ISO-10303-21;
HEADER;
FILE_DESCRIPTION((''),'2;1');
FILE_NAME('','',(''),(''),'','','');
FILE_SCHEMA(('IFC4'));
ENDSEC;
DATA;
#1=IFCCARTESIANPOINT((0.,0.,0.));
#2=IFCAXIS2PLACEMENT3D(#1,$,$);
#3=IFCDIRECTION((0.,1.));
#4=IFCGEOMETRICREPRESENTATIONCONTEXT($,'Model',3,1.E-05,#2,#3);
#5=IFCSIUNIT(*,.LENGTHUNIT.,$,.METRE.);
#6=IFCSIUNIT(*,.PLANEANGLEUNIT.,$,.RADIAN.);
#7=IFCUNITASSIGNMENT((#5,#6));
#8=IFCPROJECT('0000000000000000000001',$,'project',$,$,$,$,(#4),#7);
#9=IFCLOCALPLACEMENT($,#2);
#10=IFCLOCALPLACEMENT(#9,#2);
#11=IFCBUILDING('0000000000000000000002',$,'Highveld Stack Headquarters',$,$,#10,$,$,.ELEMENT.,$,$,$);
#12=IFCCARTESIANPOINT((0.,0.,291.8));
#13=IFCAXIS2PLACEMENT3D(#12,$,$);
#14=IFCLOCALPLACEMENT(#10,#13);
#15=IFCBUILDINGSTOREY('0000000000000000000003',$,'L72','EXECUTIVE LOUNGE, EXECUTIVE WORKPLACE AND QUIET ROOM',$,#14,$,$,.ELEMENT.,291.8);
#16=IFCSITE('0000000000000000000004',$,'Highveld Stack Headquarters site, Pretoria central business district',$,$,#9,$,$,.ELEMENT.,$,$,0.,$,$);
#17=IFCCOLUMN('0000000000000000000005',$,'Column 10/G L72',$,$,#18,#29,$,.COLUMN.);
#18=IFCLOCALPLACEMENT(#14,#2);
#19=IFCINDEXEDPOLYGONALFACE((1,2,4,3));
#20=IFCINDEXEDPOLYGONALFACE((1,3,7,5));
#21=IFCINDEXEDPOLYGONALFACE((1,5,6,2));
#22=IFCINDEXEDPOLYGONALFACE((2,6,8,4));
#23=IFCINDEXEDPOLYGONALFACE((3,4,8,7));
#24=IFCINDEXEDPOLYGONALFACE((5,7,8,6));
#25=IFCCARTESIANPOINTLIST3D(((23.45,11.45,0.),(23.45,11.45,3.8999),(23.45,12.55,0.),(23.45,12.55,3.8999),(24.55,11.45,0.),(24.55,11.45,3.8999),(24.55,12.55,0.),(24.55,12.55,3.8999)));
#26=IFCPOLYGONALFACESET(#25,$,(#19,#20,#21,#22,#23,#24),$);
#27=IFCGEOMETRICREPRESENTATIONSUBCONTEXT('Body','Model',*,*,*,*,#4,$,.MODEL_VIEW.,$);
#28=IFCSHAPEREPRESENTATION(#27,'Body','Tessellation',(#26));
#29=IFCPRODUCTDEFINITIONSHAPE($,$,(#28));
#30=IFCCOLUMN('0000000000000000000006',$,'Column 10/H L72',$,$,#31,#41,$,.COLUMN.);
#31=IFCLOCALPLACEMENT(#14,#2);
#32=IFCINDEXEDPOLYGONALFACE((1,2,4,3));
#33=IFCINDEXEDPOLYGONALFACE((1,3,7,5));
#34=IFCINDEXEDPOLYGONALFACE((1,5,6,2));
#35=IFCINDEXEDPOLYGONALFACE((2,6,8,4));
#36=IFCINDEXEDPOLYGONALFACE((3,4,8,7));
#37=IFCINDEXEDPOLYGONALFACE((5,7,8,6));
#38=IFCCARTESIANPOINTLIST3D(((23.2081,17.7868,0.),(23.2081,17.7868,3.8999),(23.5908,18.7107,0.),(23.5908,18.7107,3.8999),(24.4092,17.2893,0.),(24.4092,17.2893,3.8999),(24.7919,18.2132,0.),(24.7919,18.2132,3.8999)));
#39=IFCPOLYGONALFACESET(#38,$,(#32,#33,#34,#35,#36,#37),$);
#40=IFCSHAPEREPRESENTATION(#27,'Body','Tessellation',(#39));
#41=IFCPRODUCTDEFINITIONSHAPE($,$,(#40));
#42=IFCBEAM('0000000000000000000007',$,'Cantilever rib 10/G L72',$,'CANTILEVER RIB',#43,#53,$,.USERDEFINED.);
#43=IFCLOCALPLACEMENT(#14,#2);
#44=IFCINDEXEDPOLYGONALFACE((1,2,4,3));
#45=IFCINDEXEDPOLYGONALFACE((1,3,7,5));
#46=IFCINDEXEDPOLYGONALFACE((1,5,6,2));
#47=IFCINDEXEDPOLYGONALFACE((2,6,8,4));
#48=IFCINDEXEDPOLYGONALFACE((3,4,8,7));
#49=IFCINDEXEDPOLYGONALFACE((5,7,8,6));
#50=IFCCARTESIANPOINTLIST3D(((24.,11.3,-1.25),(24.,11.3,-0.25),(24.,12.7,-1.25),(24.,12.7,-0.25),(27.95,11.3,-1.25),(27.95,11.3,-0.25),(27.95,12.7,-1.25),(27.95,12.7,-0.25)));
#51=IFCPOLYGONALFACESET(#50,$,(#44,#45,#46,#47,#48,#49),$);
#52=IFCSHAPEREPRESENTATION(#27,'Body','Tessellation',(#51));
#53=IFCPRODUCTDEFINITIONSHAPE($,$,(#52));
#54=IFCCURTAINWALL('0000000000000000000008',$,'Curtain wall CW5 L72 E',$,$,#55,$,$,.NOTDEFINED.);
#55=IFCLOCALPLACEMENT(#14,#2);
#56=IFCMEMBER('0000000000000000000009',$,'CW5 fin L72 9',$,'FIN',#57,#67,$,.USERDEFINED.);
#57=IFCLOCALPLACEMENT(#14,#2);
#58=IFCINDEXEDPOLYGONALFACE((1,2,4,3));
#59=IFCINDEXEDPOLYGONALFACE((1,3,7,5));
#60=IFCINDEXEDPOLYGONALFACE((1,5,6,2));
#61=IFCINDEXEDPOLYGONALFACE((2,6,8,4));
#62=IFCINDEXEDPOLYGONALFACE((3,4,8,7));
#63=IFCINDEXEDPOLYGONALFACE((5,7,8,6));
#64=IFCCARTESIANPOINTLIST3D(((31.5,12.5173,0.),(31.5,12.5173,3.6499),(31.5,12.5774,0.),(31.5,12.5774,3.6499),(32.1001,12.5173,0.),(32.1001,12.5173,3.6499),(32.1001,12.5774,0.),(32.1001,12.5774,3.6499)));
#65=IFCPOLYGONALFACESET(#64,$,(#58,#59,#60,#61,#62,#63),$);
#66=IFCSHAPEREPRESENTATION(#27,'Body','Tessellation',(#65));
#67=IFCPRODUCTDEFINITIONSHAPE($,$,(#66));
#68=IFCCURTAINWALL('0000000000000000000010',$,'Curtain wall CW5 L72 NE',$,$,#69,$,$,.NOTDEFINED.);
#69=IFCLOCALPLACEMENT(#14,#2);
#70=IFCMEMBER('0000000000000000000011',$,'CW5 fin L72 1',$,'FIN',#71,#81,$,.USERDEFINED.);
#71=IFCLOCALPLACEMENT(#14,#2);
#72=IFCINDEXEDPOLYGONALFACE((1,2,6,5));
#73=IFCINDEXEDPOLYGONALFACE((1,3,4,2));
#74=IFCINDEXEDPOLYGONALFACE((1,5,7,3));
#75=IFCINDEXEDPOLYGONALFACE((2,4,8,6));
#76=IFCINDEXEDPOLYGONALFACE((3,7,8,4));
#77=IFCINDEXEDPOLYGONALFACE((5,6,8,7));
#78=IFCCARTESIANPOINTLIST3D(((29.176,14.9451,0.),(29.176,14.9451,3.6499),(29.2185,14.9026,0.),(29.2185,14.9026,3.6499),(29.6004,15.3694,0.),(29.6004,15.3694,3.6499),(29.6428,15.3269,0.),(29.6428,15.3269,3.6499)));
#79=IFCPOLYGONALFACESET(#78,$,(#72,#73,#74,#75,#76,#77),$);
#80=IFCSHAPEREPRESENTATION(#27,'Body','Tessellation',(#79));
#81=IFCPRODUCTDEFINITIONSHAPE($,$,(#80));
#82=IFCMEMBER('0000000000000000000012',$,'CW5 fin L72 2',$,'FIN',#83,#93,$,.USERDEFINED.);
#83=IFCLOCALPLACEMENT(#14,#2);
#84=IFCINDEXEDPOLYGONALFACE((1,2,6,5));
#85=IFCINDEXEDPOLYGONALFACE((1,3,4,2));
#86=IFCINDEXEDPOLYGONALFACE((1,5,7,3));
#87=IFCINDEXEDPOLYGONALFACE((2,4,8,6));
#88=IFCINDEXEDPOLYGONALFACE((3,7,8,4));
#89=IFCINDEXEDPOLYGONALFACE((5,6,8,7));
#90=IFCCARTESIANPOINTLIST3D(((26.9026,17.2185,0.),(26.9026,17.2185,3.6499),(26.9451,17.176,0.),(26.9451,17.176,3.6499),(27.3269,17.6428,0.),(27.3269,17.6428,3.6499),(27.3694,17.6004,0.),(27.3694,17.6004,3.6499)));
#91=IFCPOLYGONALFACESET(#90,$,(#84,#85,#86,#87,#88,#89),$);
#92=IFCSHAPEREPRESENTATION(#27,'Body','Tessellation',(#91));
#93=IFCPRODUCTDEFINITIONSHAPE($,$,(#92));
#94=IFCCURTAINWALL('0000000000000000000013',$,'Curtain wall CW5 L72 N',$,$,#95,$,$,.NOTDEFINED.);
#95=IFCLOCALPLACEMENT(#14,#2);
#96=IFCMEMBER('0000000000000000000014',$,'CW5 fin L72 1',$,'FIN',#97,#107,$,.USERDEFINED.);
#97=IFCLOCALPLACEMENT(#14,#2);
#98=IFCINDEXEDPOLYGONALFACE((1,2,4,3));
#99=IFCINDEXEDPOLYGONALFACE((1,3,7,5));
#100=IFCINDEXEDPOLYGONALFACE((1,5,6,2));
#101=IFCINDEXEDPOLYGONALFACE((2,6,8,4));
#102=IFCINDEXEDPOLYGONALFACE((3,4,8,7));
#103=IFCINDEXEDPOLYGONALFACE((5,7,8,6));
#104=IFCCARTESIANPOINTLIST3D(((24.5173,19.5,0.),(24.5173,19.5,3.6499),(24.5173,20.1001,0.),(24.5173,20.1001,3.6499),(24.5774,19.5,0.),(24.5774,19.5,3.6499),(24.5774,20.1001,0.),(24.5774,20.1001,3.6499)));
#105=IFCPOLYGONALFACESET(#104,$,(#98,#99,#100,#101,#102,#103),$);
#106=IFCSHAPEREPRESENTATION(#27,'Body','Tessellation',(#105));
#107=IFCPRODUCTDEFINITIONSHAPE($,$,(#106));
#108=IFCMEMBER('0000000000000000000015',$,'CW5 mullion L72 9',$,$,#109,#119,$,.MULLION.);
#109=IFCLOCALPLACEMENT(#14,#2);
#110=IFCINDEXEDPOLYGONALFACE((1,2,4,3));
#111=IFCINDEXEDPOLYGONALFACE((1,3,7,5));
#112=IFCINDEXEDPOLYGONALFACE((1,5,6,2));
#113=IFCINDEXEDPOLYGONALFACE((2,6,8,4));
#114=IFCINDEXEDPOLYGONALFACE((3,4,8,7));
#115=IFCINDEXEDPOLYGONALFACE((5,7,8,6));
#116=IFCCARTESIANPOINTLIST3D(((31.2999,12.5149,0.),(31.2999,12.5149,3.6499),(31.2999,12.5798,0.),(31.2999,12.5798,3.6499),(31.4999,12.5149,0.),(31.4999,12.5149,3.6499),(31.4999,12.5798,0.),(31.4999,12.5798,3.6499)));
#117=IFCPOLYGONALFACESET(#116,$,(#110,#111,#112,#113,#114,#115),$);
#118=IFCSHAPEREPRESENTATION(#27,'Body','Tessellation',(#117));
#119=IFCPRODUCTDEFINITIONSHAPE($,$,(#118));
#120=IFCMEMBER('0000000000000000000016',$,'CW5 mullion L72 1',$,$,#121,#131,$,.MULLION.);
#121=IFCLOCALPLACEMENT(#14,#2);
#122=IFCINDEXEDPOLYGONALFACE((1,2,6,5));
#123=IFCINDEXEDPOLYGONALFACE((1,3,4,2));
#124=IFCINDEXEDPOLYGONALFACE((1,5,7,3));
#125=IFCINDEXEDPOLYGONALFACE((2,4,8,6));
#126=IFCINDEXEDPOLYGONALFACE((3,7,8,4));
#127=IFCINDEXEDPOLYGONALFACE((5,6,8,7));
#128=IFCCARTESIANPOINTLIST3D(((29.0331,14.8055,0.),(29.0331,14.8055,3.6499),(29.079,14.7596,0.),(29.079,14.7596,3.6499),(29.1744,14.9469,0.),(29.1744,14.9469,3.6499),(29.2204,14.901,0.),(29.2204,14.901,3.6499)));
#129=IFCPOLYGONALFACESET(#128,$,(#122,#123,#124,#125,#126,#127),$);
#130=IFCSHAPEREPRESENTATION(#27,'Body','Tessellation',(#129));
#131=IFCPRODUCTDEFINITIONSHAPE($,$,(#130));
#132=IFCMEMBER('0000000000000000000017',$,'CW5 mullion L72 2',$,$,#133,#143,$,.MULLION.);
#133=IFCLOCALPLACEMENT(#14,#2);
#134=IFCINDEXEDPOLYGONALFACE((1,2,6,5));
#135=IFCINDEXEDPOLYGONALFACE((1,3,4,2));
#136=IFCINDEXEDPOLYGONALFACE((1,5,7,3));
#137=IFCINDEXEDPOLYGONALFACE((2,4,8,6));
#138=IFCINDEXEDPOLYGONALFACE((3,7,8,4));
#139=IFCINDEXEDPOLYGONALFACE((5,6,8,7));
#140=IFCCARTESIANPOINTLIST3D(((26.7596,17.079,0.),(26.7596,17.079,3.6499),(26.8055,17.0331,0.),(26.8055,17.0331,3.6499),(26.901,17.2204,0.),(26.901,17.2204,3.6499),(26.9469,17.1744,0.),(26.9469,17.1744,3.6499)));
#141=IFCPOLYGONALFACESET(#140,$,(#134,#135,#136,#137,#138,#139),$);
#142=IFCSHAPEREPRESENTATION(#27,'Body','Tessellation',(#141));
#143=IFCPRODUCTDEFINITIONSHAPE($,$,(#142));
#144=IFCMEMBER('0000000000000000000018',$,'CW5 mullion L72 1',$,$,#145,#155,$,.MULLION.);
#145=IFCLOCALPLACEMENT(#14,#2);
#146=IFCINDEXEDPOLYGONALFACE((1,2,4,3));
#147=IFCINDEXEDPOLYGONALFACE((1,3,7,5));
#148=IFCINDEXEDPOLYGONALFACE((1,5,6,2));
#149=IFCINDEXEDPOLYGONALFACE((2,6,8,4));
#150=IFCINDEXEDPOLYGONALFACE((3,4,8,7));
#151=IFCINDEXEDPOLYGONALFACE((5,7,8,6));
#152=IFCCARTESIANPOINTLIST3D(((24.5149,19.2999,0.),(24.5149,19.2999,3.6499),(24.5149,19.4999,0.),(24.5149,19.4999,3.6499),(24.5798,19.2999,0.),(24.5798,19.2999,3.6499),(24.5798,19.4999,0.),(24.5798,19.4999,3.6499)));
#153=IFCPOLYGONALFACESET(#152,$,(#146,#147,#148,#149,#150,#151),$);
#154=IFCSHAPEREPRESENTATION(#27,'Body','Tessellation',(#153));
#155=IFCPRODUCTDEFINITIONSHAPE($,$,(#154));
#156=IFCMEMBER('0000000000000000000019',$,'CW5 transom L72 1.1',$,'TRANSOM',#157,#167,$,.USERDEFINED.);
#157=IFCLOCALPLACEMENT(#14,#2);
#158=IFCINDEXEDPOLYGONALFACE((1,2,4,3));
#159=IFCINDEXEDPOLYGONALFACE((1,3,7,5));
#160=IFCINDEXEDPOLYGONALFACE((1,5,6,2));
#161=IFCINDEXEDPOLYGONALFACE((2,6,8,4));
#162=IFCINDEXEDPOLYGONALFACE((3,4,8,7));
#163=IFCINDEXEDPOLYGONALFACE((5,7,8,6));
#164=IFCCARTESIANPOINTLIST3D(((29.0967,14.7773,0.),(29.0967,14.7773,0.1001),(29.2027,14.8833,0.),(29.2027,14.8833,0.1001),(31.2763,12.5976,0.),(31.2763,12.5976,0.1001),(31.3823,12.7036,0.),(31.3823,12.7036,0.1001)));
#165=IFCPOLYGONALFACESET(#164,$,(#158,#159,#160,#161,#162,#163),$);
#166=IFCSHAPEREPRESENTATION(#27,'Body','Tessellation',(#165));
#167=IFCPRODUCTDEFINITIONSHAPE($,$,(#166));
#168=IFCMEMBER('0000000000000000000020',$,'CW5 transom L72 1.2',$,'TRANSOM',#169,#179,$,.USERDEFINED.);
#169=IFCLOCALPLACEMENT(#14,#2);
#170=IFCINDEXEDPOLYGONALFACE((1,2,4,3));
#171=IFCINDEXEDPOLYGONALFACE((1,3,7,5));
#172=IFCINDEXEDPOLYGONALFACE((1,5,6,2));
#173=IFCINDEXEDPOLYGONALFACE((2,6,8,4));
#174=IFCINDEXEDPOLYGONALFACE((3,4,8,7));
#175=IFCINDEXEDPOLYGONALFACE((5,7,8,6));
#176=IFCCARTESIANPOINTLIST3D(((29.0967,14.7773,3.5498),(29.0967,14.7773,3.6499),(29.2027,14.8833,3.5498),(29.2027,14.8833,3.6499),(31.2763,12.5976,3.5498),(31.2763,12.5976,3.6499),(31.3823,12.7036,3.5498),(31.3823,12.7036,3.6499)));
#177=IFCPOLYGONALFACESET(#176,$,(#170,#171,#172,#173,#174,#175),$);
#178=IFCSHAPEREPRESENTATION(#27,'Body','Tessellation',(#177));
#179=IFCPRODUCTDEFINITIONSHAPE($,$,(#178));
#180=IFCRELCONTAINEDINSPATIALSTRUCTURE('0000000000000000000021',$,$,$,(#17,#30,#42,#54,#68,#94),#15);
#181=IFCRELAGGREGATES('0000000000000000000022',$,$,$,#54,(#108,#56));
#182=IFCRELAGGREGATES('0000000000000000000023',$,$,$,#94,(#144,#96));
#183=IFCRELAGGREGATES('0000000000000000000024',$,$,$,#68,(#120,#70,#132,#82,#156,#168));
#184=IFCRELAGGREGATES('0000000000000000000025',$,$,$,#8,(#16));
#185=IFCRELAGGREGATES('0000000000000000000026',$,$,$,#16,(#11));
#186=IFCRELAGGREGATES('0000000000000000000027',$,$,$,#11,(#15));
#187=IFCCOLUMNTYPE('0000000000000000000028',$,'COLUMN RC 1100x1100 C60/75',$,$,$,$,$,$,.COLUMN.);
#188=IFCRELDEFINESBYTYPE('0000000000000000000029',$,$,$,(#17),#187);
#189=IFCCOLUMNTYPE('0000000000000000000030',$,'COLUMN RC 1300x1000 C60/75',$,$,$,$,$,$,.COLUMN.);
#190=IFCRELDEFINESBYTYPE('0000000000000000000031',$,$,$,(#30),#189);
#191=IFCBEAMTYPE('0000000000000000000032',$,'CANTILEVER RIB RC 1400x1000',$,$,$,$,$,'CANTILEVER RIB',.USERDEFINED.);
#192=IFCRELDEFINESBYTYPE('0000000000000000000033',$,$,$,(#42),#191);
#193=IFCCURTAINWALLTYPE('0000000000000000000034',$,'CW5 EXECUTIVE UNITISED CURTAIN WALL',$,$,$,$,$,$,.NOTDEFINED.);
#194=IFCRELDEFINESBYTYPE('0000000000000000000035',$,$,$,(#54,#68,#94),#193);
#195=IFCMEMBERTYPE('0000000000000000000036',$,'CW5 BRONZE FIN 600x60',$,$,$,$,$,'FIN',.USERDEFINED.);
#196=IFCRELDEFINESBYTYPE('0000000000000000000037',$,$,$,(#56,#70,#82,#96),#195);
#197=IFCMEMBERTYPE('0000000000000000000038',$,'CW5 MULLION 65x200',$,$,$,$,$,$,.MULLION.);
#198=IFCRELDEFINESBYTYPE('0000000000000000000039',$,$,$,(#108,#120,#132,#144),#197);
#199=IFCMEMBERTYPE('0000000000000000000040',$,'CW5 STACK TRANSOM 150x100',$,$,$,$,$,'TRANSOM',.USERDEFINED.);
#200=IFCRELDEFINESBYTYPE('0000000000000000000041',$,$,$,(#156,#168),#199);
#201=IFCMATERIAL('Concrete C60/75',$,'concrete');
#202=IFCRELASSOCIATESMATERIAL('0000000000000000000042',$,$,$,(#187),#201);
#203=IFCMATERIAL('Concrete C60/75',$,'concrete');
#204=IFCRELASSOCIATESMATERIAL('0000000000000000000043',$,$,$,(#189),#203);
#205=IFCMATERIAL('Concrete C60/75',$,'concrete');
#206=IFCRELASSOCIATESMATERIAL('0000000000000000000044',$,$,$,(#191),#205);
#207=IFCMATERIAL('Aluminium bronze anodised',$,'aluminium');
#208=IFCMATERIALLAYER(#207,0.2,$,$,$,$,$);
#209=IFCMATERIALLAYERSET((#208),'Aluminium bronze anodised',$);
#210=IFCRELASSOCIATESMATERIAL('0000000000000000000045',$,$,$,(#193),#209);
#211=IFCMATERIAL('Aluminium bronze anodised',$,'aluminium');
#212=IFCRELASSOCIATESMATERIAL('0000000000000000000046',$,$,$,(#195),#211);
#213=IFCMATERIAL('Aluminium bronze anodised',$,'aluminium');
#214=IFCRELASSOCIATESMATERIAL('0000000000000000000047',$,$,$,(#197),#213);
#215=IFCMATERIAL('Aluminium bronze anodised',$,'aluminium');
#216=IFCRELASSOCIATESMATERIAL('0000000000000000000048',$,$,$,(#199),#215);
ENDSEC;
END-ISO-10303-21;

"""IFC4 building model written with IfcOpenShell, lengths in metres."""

from ifc_helpers import new_model, si_unit, direction, frame, origin, origin_2d, place, context, subcontext, project, spatial, rectangle, extrude, material, layer, layer_set, material_profile, profile_set, type_object, element, aggregate, save


model = new_model("IFC4")

# Units and contexts
model_context = context("Model", 3, precision=1e-05, world=origin(), true_north=direction((0.0, 1.0)))
body_context = subcontext(model_context, "Body", "Model", "MODEL_VIEW")
ifc_project = project(units=[si_unit("LENGTHUNIT", "METRE"), si_unit("PLANEANGLEUNIT", "RADIAN")], contexts=[model_context])

# Site, building, storey
site_placement = place(None, origin())
site = spatial("IfcSite", under=ifc_project, at=site_placement, Name="Highveld Stack Headquarters site, Pretoria central business district", CompositionType="ELEMENT", RefElevation=0.0)
building_placement = place(site_placement, origin())
building = spatial("IfcBuilding", under=site, at=building_placement, Name="Highveld Stack Headquarters", CompositionType="ELEMENT")
storey_placement = place(building_placement, frame((0.0, 0.0, 291.8)))
storey = spatial("IfcBuildingStorey", under=building, at=storey_placement, Name="L72", Description="EXECUTIVE LOUNGE, EXECUTIVE WORKPLACE AND QUIET ROOM", CompositionType="ELEMENT", Elevation=291.8)

# Columns
ifc_material_1 = material(Name="Concrete C60/75", Category="concrete")
ifc_material_profile_1 = material_profile(ifc_material_1, rectangle(XDim=1.1001, YDim=1.1001, at=origin_2d()), Name="RC 1100x1100")
ifc_profile_set_1 = profile_set([ifc_material_profile_1], Name="Concrete C60/75")
column_type_1 = type_object("IfcColumnType", Name="COLUMN RC 1100x1100 C60/75", PredefinedType="COLUMN", material=ifc_profile_set_1)
column_1_placement = place(storey_placement, frame((24.0, 12.0, 0.0), z_axis=(0.0, 0.0, 1.0), x_axis=(1.0, 0.0, 0.0)))
element("IfcColumn", 1, at=column_1_placement, inside=storey, type_object=column_type_1, Name="Column 10/G L72", PredefinedType="COLUMN", context=body_context, shape_type="SweptSolid", body=[
    extrude(rectangle(XDim=1.1001, YDim=1.1001, at=origin_2d()), origin(), (0.0, 0.0, 1.0), 3.8999),
])
ifc_material_2 = material(Name="Concrete C60/75", Category="concrete")
ifc_material_profile_2 = material_profile(ifc_material_2, rectangle(XDim=1.3, YDim=1.0, at=origin_2d()), Name="RC 1300x1000")
ifc_profile_set_2 = profile_set([ifc_material_profile_2], Name="Concrete C60/75")
column_type_2 = type_object("IfcColumnType", Name="COLUMN RC 1300x1000 C60/75", PredefinedType="COLUMN", material=ifc_profile_set_2)
column_2_placement = place(storey_placement, frame((24.0, 18.0, 0.0), z_axis=(0.0, 0.0, 1.0), x_axis=(0.92388, -0.382683, 0.0)))
element("IfcColumn", 2, at=column_2_placement, inside=storey, type_object=column_type_2, Name="Column 10/H L72", PredefinedType="COLUMN", context=body_context, shape_type="SweptSolid", body=[
    extrude(rectangle(XDim=1.3, YDim=1.0, at=origin_2d()), origin(), (0.0, 0.0, 1.0), 3.8999),
])

# Beam
ifc_material_3 = material(Name="Concrete C60/75", Category="concrete")
ifc_material_profile_3 = material_profile(ifc_material_3, rectangle(XDim=1.3999, YDim=1.0, at=origin_2d()), Name="RC 1400x1000")
ifc_profile_set_3 = profile_set([ifc_material_profile_3], Name="Concrete C60/75")
beam_type = type_object("IfcBeamType", Name="CANTILEVER RIB RC 1400x1000", ElementType="CANTILEVER RIB", PredefinedType="USERDEFINED", material=ifc_profile_set_3)
beam_placement = place(storey_placement, frame((24.0, 12.0, -0.75), z_axis=(1.0, 0.0, 0.0), x_axis=(0.0, 1.0, 0.0)))
element("IfcBeam", 3, at=beam_placement, inside=storey, type_object=beam_type, Name="Cantilever rib 10/G L72", ObjectType="CANTILEVER RIB", PredefinedType="USERDEFINED", context=body_context, shape_type="SweptSolid", body=[
    extrude(rectangle(XDim=1.3999, YDim=1.0, at=origin_2d()), origin(), (0.0, 0.0, 1.0), 3.95),
])

# Curtain wall, member
ifc_material_4 = material(Name="Aluminium bronze anodised", Category="aluminium")
ifc_layer_1 = layer(ifc_material_4, 0.2)
ifc_layer_set_1 = layer_set([ifc_layer_1], Name="Aluminium bronze anodised")
curtain_wall_type = type_object("IfcCurtainWallType", Name="CW5 EXECUTIVE UNITISED CURTAIN WALL", PredefinedType="NOTDEFINED", material=ifc_layer_set_1)
curtain_wall_1_placement = place(storey_placement, origin())
curtain_wall_1 = element("IfcCurtainWall", 4, at=curtain_wall_1_placement, inside=storey, type_object=curtain_wall_type, Name="Curtain wall CW5 L72 E", PredefinedType="NOTDEFINED")
ifc_material_5 = material(Name="Aluminium bronze anodised", Category="aluminium")
ifc_material_profile_4 = material_profile(ifc_material_5, rectangle(XDim=0.6001, YDim=0.0601, at=origin_2d()), Name="FIN 600x60")
ifc_profile_set_4 = profile_set([ifc_material_profile_4], Name="Aluminium bronze anodised")
member_type_1 = type_object("IfcMemberType", Name="CW5 BRONZE FIN 600x60", ElementType="FIN", PredefinedType="USERDEFINED", material=ifc_profile_set_4)
member_1_placement = place(storey_placement, frame((31.8, 12.5474, 0.0), z_axis=(0.0, 0.0, 1.0), x_axis=(-1.0, 0.0, 0.0)))
member_1 = element("IfcMember", 5, at=member_1_placement, type_object=member_type_1, Name="CW5 fin L72 9", ObjectType="FIN", PredefinedType="USERDEFINED", context=body_context, shape_type="SweptSolid", body=[
    extrude(rectangle(XDim=0.6001, YDim=0.0601, at=origin_2d()), origin(), (0.0, 0.0, 1.0), 3.6499),
])

# Curtain wall, members
curtain_wall_2_placement = place(storey_placement, origin())
curtain_wall_2 = element("IfcCurtainWall", 6, at=curtain_wall_2_placement, inside=storey, type_object=curtain_wall_type, Name="Curtain wall CW5 L72 NE", PredefinedType="NOTDEFINED")
member_2_placement = place(storey_placement, frame((29.4094, 15.136, 0.0), z_axis=(0.0, 0.0, 1.0), x_axis=(-0.707107, -0.707107, 0.0)))
member_2 = element("IfcMember", 7, at=member_2_placement, type_object=member_type_1, Name="CW5 fin L72 1", ObjectType="FIN", PredefinedType="USERDEFINED", context=body_context, shape_type="SweptSolid", body=[
    extrude(rectangle(XDim=0.6001, YDim=0.0601, at=origin_2d()), origin(), (0.0, 0.0, 1.0), 3.6499),
])
member_3_placement = place(storey_placement, frame((27.136, 17.4094, 0.0), z_axis=(0.0, 0.0, 1.0), x_axis=(-0.707107, -0.707107, 0.0)))
member_3 = element("IfcMember", 8, at=member_3_placement, type_object=member_type_1, Name="CW5 fin L72 2", ObjectType="FIN", PredefinedType="USERDEFINED", context=body_context, shape_type="SweptSolid", body=[
    extrude(rectangle(XDim=0.6001, YDim=0.0601, at=origin_2d()), origin(), (0.0, 0.0, 1.0), 3.6499),
])

# Curtain wall, member
curtain_wall_3_placement = place(storey_placement, origin())
curtain_wall_3 = element("IfcCurtainWall", 9, at=curtain_wall_3_placement, inside=storey, type_object=curtain_wall_type, Name="Curtain wall CW5 L72 N", PredefinedType="NOTDEFINED")
member_4_placement = place(storey_placement, frame((24.5474, 19.8, 0.0), z_axis=(0.0, 0.0, 1.0), x_axis=(0.0, -1.0, 0.0)))
member_4 = element("IfcMember", 10, at=member_4_placement, type_object=member_type_1, Name="CW5 fin L72 1", ObjectType="FIN", PredefinedType="USERDEFINED", context=body_context, shape_type="SweptSolid", body=[
    extrude(rectangle(XDim=0.6001, YDim=0.0601, at=origin_2d()), origin(), (0.0, 0.0, 1.0), 3.6499),
])

# Members
ifc_material_6 = material(Name="Aluminium bronze anodised", Category="aluminium")
ifc_material_profile_5 = material_profile(ifc_material_6, rectangle(XDim=0.2, YDim=0.0649, at=origin_2d()), Name="CW5 MULLION 65x200")
ifc_profile_set_5 = profile_set([ifc_material_profile_5], Name="Aluminium bronze anodised")
member_type_2 = type_object("IfcMemberType", Name="CW5 MULLION 65x200", PredefinedType="MULLION", material=ifc_profile_set_5)
member_5_placement = place(storey_placement, frame((31.3999, 12.5474, 0.0), z_axis=(0.0, 0.0, 1.0), x_axis=(-1.0, 0.0, 0.0)))
member_5 = element("IfcMember", 11, at=member_5_placement, type_object=member_type_2, Name="CW5 mullion L72 9", PredefinedType="MULLION", context=body_context, shape_type="SweptSolid", body=[
    extrude(rectangle(XDim=0.2, YDim=0.0649, at=origin_2d()), origin(), (0.0, 0.0, 1.0), 3.6499),
])
aggregate(curtain_wall_1, [member_5, member_1])
member_6_placement = place(storey_placement, frame((29.1267, 14.8533, 0.0), z_axis=(0.0, 0.0, 1.0), x_axis=(-0.707107, -0.707107, 0.0)))
member_6 = element("IfcMember", 12, at=member_6_placement, type_object=member_type_2, Name="CW5 mullion L72 1", PredefinedType="MULLION", context=body_context, shape_type="SweptSolid", body=[
    extrude(rectangle(XDim=0.2, YDim=0.0649, at=origin_2d()), origin(), (0.0, 0.0, 1.0), 3.6499),
])
member_7_placement = place(storey_placement, frame((26.8533, 17.1267, 0.0), z_axis=(0.0, 0.0, 1.0), x_axis=(-0.707107, -0.707107, 0.0)))
member_7 = element("IfcMember", 13, at=member_7_placement, type_object=member_type_2, Name="CW5 mullion L72 2", PredefinedType="MULLION", context=body_context, shape_type="SweptSolid", body=[
    extrude(rectangle(XDim=0.2, YDim=0.0649, at=origin_2d()), origin(), (0.0, 0.0, 1.0), 3.6499),
])
member_8_placement = place(storey_placement, frame((24.5474, 19.3999, 0.0), z_axis=(0.0, 0.0, 1.0), x_axis=(0.0, -1.0, 0.0)))
member_8 = element("IfcMember", 14, at=member_8_placement, type_object=member_type_2, Name="CW5 mullion L72 1", PredefinedType="MULLION", context=body_context, shape_type="SweptSolid", body=[
    extrude(rectangle(XDim=0.2, YDim=0.0649, at=origin_2d()), origin(), (0.0, 0.0, 1.0), 3.6499),
])
ifc_material_7 = material(Name="Aluminium bronze anodised", Category="aluminium")
ifc_material_profile_6 = material_profile(ifc_material_7, rectangle(XDim=0.1499, YDim=0.1001, at=origin_2d()), Name="CW5 TRANSOM 150x100")
ifc_profile_set_6 = profile_set([ifc_material_profile_6], Name="Aluminium bronze anodised")
member_type_3 = type_object("IfcMemberType", Name="CW5 STACK TRANSOM 150x100", ElementType="TRANSOM", PredefinedType="USERDEFINED", material=ifc_profile_set_6)
member_9_placement = place(storey_placement, frame((31.3293, 12.6506, 0.05), z_axis=(-0.707107, 0.707107, 0.0), x_axis=(-0.707107, -0.707107, 0.0)))
member_9 = element("IfcMember", 15, at=member_9_placement, type_object=member_type_3, Name="CW5 transom L72 1.1", ObjectType="TRANSOM", PredefinedType="USERDEFINED", context=body_context, shape_type="SweptSolid", body=[
    extrude(rectangle(XDim=0.1499, YDim=0.1001, at=origin_2d()), origin(), (0.0, 0.0, 1.0), 3.0825),
])
member_10_placement = place(storey_placement, frame((31.3293, 12.6506, 3.5999), z_axis=(-0.707107, 0.707107, 0.0), x_axis=(-0.707107, -0.707107, 0.0)))
member_10 = element("IfcMember", 16, at=member_10_placement, type_object=member_type_3, Name="CW5 transom L72 1.2", ObjectType="TRANSOM", PredefinedType="USERDEFINED", context=body_context, shape_type="SweptSolid", body=[
    extrude(rectangle(XDim=0.1499, YDim=0.1001, at=origin_2d()), origin(), (0.0, 0.0, 1.0), 3.0825),
])
aggregate(curtain_wall_3, [member_8, member_4])

aggregate(curtain_wall_2, [member_6, member_2, member_7, member_3, member_9, member_10])

save(model, "model.ifc")
